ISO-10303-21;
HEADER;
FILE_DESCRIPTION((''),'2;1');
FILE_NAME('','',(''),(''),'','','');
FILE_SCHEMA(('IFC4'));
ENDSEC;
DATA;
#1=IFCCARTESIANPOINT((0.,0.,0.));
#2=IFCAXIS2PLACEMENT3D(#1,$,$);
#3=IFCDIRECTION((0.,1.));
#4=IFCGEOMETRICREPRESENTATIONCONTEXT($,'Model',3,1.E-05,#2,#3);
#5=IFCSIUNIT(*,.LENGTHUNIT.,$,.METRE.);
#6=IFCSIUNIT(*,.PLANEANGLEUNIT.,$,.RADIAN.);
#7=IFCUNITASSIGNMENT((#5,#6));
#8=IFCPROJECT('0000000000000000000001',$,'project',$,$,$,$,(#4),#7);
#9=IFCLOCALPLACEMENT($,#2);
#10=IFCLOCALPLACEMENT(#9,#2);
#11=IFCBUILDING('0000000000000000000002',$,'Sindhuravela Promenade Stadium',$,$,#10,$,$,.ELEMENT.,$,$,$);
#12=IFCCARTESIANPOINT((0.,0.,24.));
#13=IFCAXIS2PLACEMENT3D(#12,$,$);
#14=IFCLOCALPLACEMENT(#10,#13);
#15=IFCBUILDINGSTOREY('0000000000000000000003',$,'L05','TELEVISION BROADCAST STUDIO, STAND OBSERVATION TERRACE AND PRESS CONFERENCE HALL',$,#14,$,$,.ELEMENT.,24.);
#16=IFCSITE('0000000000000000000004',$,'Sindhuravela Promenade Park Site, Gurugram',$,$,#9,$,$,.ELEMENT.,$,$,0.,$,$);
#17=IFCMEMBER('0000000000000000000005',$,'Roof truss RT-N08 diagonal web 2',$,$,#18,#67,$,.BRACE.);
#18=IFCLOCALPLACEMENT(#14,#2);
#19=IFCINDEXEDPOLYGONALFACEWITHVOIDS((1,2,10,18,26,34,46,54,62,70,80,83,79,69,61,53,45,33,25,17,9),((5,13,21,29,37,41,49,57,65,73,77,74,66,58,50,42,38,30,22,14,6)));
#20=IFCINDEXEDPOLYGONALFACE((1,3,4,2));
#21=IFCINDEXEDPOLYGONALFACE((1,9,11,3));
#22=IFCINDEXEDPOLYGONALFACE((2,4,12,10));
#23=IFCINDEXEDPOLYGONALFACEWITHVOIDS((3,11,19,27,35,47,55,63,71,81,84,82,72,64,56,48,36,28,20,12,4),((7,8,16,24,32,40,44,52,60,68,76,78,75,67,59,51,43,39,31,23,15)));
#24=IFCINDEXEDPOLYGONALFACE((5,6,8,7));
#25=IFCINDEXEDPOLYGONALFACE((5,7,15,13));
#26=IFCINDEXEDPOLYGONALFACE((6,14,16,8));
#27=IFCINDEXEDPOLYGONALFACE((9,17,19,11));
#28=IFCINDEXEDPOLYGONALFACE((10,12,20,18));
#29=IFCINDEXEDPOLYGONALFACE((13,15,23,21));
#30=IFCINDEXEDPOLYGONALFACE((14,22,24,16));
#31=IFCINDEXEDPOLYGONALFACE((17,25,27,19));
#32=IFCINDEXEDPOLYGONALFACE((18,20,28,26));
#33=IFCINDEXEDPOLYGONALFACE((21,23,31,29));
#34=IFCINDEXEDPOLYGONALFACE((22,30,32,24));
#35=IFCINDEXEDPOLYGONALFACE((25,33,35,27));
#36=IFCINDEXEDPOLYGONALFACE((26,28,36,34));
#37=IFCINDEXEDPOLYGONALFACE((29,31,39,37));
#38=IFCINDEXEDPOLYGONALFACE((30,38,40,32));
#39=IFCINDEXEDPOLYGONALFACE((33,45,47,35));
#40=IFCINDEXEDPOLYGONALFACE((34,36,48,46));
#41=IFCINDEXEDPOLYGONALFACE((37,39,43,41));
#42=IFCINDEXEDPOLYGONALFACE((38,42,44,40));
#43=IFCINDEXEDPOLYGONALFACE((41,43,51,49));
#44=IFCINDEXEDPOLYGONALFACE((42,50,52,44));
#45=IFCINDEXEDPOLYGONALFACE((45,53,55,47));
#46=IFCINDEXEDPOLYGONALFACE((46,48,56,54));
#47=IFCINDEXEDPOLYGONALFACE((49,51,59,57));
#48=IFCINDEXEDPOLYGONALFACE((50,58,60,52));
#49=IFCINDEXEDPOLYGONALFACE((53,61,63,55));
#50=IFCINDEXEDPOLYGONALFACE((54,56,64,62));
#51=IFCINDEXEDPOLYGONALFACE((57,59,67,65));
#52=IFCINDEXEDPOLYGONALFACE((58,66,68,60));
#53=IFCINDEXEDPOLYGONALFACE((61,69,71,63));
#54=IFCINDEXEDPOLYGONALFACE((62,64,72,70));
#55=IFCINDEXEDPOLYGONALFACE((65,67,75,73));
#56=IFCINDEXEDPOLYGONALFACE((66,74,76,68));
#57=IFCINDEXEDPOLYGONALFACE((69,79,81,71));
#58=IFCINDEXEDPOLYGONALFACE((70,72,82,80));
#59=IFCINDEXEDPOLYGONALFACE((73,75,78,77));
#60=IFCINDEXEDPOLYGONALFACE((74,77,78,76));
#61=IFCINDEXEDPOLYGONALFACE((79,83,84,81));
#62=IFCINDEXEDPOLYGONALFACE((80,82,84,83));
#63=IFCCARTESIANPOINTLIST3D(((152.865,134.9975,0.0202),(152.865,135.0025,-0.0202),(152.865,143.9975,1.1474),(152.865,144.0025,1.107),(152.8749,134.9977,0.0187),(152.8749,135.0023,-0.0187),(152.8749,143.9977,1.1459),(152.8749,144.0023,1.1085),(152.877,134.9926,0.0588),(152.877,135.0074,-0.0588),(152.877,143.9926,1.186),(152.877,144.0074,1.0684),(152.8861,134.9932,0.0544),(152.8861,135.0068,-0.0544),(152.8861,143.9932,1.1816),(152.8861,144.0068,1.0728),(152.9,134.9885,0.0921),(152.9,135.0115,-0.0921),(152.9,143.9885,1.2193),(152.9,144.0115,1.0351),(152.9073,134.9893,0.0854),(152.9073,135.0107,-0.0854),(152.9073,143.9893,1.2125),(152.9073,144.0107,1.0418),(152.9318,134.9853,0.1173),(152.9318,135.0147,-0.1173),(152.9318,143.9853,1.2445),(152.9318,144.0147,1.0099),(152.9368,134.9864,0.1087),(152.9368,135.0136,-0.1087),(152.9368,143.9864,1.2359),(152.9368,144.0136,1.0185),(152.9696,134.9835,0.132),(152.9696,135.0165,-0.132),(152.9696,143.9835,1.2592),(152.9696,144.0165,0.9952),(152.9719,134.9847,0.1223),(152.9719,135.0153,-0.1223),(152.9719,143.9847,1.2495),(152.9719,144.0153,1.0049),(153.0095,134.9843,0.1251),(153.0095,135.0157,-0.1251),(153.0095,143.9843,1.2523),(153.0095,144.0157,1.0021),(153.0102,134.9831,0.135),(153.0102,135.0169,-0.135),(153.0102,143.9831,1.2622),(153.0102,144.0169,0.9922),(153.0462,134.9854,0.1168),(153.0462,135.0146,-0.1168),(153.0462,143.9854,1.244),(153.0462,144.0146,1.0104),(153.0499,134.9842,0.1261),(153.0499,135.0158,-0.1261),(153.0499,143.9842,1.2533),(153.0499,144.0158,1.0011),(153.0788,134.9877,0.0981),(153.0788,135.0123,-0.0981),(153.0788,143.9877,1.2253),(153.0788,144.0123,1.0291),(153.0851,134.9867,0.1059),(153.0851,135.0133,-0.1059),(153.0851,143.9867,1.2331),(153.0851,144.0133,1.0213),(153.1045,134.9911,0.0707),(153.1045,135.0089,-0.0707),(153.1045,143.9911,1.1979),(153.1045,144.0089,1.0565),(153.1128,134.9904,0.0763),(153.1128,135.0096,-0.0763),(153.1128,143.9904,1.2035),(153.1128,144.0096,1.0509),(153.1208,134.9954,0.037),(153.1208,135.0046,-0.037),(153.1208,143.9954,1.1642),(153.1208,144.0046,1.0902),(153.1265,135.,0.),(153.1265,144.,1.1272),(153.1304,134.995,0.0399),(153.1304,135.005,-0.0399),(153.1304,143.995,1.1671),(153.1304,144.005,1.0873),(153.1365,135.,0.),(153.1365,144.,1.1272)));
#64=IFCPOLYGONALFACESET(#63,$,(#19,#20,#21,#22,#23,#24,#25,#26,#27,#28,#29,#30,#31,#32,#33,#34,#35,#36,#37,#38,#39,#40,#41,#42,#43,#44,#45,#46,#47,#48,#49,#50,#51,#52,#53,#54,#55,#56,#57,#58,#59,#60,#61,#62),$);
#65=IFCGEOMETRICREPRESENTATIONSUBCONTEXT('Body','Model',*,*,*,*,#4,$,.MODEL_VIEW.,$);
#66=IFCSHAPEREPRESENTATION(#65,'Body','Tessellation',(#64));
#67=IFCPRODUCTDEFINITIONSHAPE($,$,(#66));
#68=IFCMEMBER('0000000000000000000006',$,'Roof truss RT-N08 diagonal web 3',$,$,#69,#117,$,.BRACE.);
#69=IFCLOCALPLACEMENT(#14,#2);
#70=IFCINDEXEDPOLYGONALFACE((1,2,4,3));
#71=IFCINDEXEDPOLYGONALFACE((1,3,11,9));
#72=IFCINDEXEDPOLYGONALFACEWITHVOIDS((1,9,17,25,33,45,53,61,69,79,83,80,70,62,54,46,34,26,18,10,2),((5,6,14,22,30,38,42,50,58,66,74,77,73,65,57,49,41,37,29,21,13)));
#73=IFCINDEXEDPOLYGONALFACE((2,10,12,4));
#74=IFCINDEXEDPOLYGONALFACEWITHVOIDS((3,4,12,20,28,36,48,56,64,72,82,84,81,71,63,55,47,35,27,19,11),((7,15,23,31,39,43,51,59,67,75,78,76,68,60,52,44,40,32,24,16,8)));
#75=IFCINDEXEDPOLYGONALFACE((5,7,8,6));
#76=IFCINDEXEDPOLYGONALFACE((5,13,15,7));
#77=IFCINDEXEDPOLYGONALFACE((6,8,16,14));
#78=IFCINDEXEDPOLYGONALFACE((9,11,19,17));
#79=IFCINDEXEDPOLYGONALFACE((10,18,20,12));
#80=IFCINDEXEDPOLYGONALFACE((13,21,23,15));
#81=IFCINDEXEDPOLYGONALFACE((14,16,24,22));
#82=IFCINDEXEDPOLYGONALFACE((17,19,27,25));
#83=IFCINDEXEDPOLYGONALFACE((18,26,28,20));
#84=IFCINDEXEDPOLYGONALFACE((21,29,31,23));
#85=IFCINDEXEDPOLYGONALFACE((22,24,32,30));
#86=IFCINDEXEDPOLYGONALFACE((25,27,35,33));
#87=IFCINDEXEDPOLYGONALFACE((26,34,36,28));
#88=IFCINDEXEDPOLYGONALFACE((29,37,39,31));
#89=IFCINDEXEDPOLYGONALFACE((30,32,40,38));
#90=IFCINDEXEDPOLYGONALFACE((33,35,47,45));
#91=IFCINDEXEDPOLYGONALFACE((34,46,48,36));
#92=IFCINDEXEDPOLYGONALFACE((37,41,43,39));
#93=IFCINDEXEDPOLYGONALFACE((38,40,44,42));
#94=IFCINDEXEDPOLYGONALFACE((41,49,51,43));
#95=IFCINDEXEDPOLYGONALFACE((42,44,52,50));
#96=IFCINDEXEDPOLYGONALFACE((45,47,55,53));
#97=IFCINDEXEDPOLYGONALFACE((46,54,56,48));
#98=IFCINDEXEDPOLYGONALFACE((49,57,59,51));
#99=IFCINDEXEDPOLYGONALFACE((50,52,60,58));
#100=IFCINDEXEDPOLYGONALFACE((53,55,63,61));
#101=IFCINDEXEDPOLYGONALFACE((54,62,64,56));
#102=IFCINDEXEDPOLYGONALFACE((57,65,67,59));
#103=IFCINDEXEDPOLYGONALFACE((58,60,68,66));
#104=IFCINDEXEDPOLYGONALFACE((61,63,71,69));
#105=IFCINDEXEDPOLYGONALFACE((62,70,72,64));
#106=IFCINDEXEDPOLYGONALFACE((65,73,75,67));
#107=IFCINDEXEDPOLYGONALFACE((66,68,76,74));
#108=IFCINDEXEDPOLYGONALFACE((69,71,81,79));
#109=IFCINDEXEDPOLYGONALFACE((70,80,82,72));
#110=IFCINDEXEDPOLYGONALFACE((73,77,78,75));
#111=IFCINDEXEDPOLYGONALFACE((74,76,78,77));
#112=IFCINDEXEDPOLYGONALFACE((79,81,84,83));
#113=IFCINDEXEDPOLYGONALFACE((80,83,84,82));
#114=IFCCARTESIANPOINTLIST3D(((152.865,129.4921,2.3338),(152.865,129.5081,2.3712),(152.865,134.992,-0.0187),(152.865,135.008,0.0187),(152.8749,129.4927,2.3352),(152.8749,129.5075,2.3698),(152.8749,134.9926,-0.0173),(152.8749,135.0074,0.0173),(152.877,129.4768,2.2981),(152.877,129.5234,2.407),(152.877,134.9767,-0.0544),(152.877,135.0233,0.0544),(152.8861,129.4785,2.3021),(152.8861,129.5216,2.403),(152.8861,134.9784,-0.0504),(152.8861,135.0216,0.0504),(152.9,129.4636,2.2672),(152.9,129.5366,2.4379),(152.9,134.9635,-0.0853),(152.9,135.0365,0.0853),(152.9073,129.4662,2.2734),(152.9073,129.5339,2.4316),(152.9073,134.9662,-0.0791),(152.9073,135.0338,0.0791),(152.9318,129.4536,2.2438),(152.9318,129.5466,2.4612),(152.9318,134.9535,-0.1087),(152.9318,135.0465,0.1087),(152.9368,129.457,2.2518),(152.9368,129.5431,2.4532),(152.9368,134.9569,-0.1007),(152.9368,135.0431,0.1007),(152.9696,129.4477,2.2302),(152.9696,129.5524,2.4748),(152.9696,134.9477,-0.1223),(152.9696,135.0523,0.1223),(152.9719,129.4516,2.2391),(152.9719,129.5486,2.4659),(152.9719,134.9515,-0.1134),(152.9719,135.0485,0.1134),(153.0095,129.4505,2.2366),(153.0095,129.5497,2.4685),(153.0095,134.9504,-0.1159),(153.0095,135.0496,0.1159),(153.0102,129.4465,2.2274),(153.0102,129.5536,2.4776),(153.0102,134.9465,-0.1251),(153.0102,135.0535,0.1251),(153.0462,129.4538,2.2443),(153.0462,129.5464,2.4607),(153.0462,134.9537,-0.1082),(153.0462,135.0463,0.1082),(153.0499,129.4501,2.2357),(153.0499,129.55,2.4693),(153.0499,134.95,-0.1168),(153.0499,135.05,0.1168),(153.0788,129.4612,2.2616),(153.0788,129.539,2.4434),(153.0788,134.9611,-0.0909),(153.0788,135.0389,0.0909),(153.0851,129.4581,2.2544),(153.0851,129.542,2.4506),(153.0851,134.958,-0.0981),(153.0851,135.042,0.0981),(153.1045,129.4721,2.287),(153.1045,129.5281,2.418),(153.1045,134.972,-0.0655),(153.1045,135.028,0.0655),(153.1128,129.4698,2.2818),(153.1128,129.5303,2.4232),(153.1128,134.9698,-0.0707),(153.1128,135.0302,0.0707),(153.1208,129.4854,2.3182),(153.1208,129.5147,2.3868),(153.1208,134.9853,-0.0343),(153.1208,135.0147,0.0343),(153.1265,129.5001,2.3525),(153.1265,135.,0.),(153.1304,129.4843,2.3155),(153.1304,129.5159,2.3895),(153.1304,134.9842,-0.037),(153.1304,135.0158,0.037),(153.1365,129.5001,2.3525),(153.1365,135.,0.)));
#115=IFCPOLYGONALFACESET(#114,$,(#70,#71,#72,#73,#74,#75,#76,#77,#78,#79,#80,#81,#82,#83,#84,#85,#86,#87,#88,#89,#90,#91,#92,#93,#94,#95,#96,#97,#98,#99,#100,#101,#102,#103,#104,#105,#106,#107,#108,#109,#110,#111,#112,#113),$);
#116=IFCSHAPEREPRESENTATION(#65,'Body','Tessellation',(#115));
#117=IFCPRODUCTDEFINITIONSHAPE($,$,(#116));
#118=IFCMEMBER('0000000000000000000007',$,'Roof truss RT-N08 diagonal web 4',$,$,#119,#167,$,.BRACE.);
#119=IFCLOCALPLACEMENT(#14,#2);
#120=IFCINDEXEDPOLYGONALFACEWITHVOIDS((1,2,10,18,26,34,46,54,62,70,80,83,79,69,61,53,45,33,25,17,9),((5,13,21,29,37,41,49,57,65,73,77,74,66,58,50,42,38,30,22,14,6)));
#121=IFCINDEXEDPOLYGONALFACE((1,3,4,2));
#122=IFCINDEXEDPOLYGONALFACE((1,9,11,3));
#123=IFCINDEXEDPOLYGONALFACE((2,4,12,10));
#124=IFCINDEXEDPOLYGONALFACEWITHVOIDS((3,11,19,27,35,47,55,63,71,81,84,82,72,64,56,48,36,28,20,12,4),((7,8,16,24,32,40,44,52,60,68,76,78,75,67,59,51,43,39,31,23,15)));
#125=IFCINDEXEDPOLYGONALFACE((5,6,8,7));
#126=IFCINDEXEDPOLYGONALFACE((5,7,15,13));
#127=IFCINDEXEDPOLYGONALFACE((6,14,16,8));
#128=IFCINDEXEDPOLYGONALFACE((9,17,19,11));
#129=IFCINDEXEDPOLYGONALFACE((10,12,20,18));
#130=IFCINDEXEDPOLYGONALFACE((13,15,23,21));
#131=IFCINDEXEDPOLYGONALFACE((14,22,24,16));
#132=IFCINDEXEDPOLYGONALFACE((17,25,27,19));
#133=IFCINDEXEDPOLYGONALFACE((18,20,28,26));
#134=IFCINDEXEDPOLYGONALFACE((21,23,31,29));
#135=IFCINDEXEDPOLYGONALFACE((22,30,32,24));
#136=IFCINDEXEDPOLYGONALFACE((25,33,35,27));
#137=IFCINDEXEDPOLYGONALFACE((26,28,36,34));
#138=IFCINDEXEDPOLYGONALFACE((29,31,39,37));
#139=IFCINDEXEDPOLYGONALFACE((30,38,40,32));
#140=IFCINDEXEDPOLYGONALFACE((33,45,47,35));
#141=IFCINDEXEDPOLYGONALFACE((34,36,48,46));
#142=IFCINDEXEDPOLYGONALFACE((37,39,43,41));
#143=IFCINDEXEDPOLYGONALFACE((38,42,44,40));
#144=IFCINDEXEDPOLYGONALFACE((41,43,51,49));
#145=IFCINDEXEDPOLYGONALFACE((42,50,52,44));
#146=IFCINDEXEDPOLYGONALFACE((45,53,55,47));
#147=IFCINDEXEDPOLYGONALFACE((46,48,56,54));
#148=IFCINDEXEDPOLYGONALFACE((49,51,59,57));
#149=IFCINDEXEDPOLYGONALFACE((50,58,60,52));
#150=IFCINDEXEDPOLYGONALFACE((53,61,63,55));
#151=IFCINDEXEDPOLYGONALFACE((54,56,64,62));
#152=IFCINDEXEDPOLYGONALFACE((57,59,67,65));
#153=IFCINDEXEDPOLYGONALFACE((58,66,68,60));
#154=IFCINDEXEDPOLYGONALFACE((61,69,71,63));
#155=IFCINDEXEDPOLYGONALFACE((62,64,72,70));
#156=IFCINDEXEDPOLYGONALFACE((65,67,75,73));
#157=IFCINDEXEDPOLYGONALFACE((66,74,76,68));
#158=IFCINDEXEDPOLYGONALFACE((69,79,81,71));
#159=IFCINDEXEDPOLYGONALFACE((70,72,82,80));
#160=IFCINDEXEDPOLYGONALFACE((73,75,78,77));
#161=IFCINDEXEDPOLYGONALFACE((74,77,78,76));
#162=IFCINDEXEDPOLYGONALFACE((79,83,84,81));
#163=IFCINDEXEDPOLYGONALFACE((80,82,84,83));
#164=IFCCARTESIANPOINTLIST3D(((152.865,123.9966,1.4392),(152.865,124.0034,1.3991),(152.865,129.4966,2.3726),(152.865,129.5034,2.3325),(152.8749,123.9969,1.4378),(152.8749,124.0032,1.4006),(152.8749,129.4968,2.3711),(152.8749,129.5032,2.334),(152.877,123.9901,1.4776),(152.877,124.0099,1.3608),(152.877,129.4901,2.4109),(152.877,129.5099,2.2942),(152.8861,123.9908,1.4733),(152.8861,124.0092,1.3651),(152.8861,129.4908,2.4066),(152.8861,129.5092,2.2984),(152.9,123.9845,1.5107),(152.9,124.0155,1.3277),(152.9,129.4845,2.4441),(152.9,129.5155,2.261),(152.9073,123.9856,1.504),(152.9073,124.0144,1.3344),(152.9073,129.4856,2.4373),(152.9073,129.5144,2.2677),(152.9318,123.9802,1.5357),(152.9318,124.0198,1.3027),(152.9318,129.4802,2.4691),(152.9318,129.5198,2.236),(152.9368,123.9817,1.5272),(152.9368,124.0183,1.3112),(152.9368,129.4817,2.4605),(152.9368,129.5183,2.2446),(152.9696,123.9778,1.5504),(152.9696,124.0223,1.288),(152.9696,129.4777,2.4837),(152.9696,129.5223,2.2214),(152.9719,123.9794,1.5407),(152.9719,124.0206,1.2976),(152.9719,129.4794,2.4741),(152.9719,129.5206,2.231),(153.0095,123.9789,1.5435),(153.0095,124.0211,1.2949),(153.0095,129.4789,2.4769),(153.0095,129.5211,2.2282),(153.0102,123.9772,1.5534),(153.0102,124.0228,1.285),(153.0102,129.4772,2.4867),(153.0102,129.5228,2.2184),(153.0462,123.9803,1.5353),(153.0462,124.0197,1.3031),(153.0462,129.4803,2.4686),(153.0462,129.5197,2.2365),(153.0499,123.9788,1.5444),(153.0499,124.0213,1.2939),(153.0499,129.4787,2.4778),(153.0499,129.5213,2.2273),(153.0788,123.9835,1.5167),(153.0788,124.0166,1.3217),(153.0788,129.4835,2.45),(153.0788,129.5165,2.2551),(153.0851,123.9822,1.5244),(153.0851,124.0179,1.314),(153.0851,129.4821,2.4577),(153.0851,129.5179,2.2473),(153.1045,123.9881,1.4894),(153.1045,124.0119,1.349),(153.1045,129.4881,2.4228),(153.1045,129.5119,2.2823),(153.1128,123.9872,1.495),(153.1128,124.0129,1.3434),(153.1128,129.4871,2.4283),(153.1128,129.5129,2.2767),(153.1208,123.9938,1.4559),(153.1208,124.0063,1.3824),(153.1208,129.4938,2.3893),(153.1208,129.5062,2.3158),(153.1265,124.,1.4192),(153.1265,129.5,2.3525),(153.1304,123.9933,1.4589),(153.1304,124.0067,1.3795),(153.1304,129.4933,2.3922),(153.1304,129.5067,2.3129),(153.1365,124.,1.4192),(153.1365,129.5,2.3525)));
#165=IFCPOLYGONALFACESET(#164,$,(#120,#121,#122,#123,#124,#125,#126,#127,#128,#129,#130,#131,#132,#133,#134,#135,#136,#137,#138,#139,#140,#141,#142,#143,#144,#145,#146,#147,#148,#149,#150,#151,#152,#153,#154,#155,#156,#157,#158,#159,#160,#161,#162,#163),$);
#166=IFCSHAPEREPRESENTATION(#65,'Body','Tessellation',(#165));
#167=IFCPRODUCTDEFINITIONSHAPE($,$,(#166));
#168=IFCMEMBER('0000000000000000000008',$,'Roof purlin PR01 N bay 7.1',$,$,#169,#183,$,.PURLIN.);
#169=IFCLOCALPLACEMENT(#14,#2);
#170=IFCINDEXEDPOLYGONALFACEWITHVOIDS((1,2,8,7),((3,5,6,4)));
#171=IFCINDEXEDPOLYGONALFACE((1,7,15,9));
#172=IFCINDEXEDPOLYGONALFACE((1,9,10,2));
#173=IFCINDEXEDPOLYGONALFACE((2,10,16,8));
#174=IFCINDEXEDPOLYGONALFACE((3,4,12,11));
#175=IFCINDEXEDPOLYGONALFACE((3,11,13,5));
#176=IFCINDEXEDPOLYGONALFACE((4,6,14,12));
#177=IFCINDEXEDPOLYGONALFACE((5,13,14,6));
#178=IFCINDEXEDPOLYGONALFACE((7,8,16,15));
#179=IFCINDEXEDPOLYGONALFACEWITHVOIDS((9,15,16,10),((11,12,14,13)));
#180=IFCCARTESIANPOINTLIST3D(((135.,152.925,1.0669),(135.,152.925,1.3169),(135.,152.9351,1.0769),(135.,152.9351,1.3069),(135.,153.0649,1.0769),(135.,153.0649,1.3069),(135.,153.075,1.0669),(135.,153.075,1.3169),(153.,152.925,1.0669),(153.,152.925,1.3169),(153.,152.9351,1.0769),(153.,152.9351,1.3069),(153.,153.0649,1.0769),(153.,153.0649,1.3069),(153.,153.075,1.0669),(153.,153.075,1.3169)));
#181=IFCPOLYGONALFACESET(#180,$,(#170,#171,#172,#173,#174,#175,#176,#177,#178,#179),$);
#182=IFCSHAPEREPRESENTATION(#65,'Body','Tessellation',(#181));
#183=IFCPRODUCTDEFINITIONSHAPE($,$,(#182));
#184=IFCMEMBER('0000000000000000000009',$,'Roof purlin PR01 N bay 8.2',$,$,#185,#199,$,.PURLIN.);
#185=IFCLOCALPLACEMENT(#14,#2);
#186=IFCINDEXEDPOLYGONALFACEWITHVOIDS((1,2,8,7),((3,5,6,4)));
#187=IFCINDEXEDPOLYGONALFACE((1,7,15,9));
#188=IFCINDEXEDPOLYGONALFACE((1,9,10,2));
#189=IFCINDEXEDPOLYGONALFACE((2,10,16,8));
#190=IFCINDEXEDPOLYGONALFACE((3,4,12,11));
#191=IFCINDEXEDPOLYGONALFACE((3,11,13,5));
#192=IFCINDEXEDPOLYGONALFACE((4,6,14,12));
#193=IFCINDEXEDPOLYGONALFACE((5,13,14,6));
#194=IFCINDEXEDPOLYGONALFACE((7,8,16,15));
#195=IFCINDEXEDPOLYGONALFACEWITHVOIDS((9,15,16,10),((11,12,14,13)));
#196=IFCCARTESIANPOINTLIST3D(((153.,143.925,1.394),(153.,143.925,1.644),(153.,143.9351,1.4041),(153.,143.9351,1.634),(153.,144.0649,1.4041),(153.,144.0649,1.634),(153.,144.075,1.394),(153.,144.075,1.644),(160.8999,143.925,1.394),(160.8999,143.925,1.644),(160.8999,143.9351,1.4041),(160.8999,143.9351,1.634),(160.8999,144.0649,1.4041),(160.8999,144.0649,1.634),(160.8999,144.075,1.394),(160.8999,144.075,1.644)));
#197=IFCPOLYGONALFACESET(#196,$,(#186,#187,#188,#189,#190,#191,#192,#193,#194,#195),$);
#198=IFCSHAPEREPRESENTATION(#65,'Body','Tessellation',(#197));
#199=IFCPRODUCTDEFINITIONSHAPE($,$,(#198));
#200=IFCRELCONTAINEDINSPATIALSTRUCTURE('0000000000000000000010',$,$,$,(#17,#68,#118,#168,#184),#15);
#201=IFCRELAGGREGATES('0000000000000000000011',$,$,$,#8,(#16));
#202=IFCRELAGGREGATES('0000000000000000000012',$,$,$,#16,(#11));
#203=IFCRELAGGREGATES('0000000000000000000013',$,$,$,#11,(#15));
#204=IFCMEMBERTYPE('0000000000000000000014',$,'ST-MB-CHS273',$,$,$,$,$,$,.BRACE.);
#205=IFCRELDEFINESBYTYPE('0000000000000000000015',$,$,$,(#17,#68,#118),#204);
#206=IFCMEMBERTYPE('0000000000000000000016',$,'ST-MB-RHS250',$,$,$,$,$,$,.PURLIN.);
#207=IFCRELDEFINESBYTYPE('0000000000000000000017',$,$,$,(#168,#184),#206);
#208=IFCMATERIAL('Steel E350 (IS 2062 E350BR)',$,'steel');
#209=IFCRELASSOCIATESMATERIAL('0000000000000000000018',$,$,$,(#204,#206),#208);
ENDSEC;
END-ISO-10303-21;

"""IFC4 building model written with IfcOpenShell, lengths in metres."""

from ifc_helpers import new_model, si_unit, direction, frame, origin, origin_2d, place, context, subcontext, project, spatial, hollow_rectangle, hollow_circle, extrude, material, material_profile, profile_set, type_object, element, save


model = new_model("IFC4")

# Units and contexts
model_context = context("Model", 3, precision=1e-05, world=origin(), true_north=direction((0.0, 1.0)))
body_context = subcontext(model_context, "Body", "Model", "MODEL_VIEW")
ifc_project = project(units=[si_unit("LENGTHUNIT", "METRE"), si_unit("PLANEANGLEUNIT", "RADIAN")], contexts=[model_context])

# Site, building, storey
site_placement = place(None, origin())
site = spatial("IfcSite", under=ifc_project, at=site_placement, Name="Sindhuravela Promenade Park Site, Gurugram", CompositionType="ELEMENT", RefElevation=0.0)
building_placement = place(site_placement, origin())
building = spatial("IfcBuilding", under=site, at=building_placement, Name="Sindhuravela Promenade Stadium", CompositionType="ELEMENT")
storey_placement = place(building_placement, frame((0.0, 0.0, 24.0)))
storey = spatial("IfcBuildingStorey", under=building, at=storey_placement, Name="L05", Description="TELEVISION BROADCAST STUDIO, STAND OBSERVATION TERRACE AND PRESS CONFERENCE HALL", CompositionType="ELEMENT", Elevation=24.0)

# Shared definitions
ifc_material_1 = material(Name="Steel E350 (IS 2062 E350BR)", Category="steel")

# Members
ifc_material_profile_1 = material_profile(ifc_material_1, hollow_circle(Radius=0.1365, WallThickness=0.01, at=origin_2d()), Name="CHS 273.0x10")
ifc_profile_set_1 = profile_set([ifc_material_profile_1], Name="Steel E350 (IS 2062 E350BR)")
member_type_1 = type_object("IfcMemberType", Name="ST-MB-CHS273", PredefinedType="BRACE", material=ifc_profile_set_1)
for number, where, z_axis, x_axis, name in (
    (1, (153.0, 144.0, 1.1272), (0.0, -0.992248, -0.124273), (1.0, 0.0, 0.0), "Roof truss RT-N08 diagonal web 2"),
):
    element("IfcMember", number, at=place(storey_placement, frame(where, z_axis=z_axis, x_axis=x_axis)), inside=storey, type_object=member_type_1, Name=name, PredefinedType="BRACE", context=body_context, shape_type="SweptSolid", body=[
        extrude(hollow_circle(Radius=0.1365, WallThickness=0.01, at=origin_2d()), origin(), (0.0, 0.0, 1.0), 9.0703),
    ])
member_1_placement = place(storey_placement, frame((153.0, 135.0, 0.0), z_axis=(0.0, -0.919423, 0.393269), x_axis=(1.0, 0.0, 0.0)))
element("IfcMember", 2, at=member_1_placement, inside=storey, type_object=member_type_1, Name="Roof truss RT-N08 diagonal web 3", PredefinedType="BRACE", context=body_context, shape_type="SweptSolid", body=[
    extrude(hollow_circle(Radius=0.1365, WallThickness=0.01, at=origin_2d()), origin(), (0.0, 0.0, 1.0), 5.9819),
])
member_2_placement = place(storey_placement, frame((153.0, 129.5, 2.3525), z_axis=(0.0, -0.985905, -0.167308), x_axis=(1.0, 0.0, 0.0)))
element("IfcMember", 3, at=member_2_placement, inside=storey, type_object=member_type_1, Name="Roof truss RT-N08 diagonal web 4", PredefinedType="BRACE", context=body_context, shape_type="SweptSolid", body=[
    extrude(hollow_circle(Radius=0.1365, WallThickness=0.01, at=origin_2d()), origin(), (0.0, 0.0, 1.0), 5.5786),
])
ifc_material_profile_2 = material_profile(ifc_material_1, hollow_rectangle(XDim=0.1499, YDim=0.25, WallThickness=0.01, at=origin_2d()), Name="RHS 250x150x10")
ifc_profile_set_2 = profile_set([ifc_material_profile_2], Name="Steel E350 (IS 2062 E350BR)")
member_type_2 = type_object("IfcMemberType", Name="ST-MB-RHS250", PredefinedType="PURLIN", material=ifc_profile_set_2)
member_3_placement = place(storey_placement, frame((135.0, 153.0, 1.1919), z_axis=(1.0, 0.0, 0.0), x_axis=(0.0, 1.0, 0.0)))
element("IfcMember", 4, at=member_3_placement, inside=storey, type_object=member_type_2, Name="Roof purlin PR01 N bay 7.1", PredefinedType="PURLIN", context=body_context, shape_type="SweptSolid", body=[
    extrude(hollow_rectangle(XDim=0.1499, YDim=0.25, WallThickness=0.01, at=origin_2d()), origin(), (0.0, 0.0, 1.0), 18.0),
])
for number, where, z_axis, x_axis, name in (
    (5, (153.0, 144.0, 1.519), (1.0, 0.0, 0.0), (0.0, 1.0, 0.0), "Roof purlin PR01 N bay 8.2"),
):
    element("IfcMember", number, at=place(storey_placement, frame(where, z_axis=z_axis, x_axis=x_axis)), inside=storey, type_object=member_type_2, Name=name, PredefinedType="PURLIN", context=body_context, shape_type="SweptSolid", body=[
        extrude(hollow_rectangle(XDim=0.1499, YDim=0.25, WallThickness=0.01, at=origin_2d()), origin(), (0.0, 0.0, 1.0), 7.8999),
    ])

save(model, "model.ifc")
